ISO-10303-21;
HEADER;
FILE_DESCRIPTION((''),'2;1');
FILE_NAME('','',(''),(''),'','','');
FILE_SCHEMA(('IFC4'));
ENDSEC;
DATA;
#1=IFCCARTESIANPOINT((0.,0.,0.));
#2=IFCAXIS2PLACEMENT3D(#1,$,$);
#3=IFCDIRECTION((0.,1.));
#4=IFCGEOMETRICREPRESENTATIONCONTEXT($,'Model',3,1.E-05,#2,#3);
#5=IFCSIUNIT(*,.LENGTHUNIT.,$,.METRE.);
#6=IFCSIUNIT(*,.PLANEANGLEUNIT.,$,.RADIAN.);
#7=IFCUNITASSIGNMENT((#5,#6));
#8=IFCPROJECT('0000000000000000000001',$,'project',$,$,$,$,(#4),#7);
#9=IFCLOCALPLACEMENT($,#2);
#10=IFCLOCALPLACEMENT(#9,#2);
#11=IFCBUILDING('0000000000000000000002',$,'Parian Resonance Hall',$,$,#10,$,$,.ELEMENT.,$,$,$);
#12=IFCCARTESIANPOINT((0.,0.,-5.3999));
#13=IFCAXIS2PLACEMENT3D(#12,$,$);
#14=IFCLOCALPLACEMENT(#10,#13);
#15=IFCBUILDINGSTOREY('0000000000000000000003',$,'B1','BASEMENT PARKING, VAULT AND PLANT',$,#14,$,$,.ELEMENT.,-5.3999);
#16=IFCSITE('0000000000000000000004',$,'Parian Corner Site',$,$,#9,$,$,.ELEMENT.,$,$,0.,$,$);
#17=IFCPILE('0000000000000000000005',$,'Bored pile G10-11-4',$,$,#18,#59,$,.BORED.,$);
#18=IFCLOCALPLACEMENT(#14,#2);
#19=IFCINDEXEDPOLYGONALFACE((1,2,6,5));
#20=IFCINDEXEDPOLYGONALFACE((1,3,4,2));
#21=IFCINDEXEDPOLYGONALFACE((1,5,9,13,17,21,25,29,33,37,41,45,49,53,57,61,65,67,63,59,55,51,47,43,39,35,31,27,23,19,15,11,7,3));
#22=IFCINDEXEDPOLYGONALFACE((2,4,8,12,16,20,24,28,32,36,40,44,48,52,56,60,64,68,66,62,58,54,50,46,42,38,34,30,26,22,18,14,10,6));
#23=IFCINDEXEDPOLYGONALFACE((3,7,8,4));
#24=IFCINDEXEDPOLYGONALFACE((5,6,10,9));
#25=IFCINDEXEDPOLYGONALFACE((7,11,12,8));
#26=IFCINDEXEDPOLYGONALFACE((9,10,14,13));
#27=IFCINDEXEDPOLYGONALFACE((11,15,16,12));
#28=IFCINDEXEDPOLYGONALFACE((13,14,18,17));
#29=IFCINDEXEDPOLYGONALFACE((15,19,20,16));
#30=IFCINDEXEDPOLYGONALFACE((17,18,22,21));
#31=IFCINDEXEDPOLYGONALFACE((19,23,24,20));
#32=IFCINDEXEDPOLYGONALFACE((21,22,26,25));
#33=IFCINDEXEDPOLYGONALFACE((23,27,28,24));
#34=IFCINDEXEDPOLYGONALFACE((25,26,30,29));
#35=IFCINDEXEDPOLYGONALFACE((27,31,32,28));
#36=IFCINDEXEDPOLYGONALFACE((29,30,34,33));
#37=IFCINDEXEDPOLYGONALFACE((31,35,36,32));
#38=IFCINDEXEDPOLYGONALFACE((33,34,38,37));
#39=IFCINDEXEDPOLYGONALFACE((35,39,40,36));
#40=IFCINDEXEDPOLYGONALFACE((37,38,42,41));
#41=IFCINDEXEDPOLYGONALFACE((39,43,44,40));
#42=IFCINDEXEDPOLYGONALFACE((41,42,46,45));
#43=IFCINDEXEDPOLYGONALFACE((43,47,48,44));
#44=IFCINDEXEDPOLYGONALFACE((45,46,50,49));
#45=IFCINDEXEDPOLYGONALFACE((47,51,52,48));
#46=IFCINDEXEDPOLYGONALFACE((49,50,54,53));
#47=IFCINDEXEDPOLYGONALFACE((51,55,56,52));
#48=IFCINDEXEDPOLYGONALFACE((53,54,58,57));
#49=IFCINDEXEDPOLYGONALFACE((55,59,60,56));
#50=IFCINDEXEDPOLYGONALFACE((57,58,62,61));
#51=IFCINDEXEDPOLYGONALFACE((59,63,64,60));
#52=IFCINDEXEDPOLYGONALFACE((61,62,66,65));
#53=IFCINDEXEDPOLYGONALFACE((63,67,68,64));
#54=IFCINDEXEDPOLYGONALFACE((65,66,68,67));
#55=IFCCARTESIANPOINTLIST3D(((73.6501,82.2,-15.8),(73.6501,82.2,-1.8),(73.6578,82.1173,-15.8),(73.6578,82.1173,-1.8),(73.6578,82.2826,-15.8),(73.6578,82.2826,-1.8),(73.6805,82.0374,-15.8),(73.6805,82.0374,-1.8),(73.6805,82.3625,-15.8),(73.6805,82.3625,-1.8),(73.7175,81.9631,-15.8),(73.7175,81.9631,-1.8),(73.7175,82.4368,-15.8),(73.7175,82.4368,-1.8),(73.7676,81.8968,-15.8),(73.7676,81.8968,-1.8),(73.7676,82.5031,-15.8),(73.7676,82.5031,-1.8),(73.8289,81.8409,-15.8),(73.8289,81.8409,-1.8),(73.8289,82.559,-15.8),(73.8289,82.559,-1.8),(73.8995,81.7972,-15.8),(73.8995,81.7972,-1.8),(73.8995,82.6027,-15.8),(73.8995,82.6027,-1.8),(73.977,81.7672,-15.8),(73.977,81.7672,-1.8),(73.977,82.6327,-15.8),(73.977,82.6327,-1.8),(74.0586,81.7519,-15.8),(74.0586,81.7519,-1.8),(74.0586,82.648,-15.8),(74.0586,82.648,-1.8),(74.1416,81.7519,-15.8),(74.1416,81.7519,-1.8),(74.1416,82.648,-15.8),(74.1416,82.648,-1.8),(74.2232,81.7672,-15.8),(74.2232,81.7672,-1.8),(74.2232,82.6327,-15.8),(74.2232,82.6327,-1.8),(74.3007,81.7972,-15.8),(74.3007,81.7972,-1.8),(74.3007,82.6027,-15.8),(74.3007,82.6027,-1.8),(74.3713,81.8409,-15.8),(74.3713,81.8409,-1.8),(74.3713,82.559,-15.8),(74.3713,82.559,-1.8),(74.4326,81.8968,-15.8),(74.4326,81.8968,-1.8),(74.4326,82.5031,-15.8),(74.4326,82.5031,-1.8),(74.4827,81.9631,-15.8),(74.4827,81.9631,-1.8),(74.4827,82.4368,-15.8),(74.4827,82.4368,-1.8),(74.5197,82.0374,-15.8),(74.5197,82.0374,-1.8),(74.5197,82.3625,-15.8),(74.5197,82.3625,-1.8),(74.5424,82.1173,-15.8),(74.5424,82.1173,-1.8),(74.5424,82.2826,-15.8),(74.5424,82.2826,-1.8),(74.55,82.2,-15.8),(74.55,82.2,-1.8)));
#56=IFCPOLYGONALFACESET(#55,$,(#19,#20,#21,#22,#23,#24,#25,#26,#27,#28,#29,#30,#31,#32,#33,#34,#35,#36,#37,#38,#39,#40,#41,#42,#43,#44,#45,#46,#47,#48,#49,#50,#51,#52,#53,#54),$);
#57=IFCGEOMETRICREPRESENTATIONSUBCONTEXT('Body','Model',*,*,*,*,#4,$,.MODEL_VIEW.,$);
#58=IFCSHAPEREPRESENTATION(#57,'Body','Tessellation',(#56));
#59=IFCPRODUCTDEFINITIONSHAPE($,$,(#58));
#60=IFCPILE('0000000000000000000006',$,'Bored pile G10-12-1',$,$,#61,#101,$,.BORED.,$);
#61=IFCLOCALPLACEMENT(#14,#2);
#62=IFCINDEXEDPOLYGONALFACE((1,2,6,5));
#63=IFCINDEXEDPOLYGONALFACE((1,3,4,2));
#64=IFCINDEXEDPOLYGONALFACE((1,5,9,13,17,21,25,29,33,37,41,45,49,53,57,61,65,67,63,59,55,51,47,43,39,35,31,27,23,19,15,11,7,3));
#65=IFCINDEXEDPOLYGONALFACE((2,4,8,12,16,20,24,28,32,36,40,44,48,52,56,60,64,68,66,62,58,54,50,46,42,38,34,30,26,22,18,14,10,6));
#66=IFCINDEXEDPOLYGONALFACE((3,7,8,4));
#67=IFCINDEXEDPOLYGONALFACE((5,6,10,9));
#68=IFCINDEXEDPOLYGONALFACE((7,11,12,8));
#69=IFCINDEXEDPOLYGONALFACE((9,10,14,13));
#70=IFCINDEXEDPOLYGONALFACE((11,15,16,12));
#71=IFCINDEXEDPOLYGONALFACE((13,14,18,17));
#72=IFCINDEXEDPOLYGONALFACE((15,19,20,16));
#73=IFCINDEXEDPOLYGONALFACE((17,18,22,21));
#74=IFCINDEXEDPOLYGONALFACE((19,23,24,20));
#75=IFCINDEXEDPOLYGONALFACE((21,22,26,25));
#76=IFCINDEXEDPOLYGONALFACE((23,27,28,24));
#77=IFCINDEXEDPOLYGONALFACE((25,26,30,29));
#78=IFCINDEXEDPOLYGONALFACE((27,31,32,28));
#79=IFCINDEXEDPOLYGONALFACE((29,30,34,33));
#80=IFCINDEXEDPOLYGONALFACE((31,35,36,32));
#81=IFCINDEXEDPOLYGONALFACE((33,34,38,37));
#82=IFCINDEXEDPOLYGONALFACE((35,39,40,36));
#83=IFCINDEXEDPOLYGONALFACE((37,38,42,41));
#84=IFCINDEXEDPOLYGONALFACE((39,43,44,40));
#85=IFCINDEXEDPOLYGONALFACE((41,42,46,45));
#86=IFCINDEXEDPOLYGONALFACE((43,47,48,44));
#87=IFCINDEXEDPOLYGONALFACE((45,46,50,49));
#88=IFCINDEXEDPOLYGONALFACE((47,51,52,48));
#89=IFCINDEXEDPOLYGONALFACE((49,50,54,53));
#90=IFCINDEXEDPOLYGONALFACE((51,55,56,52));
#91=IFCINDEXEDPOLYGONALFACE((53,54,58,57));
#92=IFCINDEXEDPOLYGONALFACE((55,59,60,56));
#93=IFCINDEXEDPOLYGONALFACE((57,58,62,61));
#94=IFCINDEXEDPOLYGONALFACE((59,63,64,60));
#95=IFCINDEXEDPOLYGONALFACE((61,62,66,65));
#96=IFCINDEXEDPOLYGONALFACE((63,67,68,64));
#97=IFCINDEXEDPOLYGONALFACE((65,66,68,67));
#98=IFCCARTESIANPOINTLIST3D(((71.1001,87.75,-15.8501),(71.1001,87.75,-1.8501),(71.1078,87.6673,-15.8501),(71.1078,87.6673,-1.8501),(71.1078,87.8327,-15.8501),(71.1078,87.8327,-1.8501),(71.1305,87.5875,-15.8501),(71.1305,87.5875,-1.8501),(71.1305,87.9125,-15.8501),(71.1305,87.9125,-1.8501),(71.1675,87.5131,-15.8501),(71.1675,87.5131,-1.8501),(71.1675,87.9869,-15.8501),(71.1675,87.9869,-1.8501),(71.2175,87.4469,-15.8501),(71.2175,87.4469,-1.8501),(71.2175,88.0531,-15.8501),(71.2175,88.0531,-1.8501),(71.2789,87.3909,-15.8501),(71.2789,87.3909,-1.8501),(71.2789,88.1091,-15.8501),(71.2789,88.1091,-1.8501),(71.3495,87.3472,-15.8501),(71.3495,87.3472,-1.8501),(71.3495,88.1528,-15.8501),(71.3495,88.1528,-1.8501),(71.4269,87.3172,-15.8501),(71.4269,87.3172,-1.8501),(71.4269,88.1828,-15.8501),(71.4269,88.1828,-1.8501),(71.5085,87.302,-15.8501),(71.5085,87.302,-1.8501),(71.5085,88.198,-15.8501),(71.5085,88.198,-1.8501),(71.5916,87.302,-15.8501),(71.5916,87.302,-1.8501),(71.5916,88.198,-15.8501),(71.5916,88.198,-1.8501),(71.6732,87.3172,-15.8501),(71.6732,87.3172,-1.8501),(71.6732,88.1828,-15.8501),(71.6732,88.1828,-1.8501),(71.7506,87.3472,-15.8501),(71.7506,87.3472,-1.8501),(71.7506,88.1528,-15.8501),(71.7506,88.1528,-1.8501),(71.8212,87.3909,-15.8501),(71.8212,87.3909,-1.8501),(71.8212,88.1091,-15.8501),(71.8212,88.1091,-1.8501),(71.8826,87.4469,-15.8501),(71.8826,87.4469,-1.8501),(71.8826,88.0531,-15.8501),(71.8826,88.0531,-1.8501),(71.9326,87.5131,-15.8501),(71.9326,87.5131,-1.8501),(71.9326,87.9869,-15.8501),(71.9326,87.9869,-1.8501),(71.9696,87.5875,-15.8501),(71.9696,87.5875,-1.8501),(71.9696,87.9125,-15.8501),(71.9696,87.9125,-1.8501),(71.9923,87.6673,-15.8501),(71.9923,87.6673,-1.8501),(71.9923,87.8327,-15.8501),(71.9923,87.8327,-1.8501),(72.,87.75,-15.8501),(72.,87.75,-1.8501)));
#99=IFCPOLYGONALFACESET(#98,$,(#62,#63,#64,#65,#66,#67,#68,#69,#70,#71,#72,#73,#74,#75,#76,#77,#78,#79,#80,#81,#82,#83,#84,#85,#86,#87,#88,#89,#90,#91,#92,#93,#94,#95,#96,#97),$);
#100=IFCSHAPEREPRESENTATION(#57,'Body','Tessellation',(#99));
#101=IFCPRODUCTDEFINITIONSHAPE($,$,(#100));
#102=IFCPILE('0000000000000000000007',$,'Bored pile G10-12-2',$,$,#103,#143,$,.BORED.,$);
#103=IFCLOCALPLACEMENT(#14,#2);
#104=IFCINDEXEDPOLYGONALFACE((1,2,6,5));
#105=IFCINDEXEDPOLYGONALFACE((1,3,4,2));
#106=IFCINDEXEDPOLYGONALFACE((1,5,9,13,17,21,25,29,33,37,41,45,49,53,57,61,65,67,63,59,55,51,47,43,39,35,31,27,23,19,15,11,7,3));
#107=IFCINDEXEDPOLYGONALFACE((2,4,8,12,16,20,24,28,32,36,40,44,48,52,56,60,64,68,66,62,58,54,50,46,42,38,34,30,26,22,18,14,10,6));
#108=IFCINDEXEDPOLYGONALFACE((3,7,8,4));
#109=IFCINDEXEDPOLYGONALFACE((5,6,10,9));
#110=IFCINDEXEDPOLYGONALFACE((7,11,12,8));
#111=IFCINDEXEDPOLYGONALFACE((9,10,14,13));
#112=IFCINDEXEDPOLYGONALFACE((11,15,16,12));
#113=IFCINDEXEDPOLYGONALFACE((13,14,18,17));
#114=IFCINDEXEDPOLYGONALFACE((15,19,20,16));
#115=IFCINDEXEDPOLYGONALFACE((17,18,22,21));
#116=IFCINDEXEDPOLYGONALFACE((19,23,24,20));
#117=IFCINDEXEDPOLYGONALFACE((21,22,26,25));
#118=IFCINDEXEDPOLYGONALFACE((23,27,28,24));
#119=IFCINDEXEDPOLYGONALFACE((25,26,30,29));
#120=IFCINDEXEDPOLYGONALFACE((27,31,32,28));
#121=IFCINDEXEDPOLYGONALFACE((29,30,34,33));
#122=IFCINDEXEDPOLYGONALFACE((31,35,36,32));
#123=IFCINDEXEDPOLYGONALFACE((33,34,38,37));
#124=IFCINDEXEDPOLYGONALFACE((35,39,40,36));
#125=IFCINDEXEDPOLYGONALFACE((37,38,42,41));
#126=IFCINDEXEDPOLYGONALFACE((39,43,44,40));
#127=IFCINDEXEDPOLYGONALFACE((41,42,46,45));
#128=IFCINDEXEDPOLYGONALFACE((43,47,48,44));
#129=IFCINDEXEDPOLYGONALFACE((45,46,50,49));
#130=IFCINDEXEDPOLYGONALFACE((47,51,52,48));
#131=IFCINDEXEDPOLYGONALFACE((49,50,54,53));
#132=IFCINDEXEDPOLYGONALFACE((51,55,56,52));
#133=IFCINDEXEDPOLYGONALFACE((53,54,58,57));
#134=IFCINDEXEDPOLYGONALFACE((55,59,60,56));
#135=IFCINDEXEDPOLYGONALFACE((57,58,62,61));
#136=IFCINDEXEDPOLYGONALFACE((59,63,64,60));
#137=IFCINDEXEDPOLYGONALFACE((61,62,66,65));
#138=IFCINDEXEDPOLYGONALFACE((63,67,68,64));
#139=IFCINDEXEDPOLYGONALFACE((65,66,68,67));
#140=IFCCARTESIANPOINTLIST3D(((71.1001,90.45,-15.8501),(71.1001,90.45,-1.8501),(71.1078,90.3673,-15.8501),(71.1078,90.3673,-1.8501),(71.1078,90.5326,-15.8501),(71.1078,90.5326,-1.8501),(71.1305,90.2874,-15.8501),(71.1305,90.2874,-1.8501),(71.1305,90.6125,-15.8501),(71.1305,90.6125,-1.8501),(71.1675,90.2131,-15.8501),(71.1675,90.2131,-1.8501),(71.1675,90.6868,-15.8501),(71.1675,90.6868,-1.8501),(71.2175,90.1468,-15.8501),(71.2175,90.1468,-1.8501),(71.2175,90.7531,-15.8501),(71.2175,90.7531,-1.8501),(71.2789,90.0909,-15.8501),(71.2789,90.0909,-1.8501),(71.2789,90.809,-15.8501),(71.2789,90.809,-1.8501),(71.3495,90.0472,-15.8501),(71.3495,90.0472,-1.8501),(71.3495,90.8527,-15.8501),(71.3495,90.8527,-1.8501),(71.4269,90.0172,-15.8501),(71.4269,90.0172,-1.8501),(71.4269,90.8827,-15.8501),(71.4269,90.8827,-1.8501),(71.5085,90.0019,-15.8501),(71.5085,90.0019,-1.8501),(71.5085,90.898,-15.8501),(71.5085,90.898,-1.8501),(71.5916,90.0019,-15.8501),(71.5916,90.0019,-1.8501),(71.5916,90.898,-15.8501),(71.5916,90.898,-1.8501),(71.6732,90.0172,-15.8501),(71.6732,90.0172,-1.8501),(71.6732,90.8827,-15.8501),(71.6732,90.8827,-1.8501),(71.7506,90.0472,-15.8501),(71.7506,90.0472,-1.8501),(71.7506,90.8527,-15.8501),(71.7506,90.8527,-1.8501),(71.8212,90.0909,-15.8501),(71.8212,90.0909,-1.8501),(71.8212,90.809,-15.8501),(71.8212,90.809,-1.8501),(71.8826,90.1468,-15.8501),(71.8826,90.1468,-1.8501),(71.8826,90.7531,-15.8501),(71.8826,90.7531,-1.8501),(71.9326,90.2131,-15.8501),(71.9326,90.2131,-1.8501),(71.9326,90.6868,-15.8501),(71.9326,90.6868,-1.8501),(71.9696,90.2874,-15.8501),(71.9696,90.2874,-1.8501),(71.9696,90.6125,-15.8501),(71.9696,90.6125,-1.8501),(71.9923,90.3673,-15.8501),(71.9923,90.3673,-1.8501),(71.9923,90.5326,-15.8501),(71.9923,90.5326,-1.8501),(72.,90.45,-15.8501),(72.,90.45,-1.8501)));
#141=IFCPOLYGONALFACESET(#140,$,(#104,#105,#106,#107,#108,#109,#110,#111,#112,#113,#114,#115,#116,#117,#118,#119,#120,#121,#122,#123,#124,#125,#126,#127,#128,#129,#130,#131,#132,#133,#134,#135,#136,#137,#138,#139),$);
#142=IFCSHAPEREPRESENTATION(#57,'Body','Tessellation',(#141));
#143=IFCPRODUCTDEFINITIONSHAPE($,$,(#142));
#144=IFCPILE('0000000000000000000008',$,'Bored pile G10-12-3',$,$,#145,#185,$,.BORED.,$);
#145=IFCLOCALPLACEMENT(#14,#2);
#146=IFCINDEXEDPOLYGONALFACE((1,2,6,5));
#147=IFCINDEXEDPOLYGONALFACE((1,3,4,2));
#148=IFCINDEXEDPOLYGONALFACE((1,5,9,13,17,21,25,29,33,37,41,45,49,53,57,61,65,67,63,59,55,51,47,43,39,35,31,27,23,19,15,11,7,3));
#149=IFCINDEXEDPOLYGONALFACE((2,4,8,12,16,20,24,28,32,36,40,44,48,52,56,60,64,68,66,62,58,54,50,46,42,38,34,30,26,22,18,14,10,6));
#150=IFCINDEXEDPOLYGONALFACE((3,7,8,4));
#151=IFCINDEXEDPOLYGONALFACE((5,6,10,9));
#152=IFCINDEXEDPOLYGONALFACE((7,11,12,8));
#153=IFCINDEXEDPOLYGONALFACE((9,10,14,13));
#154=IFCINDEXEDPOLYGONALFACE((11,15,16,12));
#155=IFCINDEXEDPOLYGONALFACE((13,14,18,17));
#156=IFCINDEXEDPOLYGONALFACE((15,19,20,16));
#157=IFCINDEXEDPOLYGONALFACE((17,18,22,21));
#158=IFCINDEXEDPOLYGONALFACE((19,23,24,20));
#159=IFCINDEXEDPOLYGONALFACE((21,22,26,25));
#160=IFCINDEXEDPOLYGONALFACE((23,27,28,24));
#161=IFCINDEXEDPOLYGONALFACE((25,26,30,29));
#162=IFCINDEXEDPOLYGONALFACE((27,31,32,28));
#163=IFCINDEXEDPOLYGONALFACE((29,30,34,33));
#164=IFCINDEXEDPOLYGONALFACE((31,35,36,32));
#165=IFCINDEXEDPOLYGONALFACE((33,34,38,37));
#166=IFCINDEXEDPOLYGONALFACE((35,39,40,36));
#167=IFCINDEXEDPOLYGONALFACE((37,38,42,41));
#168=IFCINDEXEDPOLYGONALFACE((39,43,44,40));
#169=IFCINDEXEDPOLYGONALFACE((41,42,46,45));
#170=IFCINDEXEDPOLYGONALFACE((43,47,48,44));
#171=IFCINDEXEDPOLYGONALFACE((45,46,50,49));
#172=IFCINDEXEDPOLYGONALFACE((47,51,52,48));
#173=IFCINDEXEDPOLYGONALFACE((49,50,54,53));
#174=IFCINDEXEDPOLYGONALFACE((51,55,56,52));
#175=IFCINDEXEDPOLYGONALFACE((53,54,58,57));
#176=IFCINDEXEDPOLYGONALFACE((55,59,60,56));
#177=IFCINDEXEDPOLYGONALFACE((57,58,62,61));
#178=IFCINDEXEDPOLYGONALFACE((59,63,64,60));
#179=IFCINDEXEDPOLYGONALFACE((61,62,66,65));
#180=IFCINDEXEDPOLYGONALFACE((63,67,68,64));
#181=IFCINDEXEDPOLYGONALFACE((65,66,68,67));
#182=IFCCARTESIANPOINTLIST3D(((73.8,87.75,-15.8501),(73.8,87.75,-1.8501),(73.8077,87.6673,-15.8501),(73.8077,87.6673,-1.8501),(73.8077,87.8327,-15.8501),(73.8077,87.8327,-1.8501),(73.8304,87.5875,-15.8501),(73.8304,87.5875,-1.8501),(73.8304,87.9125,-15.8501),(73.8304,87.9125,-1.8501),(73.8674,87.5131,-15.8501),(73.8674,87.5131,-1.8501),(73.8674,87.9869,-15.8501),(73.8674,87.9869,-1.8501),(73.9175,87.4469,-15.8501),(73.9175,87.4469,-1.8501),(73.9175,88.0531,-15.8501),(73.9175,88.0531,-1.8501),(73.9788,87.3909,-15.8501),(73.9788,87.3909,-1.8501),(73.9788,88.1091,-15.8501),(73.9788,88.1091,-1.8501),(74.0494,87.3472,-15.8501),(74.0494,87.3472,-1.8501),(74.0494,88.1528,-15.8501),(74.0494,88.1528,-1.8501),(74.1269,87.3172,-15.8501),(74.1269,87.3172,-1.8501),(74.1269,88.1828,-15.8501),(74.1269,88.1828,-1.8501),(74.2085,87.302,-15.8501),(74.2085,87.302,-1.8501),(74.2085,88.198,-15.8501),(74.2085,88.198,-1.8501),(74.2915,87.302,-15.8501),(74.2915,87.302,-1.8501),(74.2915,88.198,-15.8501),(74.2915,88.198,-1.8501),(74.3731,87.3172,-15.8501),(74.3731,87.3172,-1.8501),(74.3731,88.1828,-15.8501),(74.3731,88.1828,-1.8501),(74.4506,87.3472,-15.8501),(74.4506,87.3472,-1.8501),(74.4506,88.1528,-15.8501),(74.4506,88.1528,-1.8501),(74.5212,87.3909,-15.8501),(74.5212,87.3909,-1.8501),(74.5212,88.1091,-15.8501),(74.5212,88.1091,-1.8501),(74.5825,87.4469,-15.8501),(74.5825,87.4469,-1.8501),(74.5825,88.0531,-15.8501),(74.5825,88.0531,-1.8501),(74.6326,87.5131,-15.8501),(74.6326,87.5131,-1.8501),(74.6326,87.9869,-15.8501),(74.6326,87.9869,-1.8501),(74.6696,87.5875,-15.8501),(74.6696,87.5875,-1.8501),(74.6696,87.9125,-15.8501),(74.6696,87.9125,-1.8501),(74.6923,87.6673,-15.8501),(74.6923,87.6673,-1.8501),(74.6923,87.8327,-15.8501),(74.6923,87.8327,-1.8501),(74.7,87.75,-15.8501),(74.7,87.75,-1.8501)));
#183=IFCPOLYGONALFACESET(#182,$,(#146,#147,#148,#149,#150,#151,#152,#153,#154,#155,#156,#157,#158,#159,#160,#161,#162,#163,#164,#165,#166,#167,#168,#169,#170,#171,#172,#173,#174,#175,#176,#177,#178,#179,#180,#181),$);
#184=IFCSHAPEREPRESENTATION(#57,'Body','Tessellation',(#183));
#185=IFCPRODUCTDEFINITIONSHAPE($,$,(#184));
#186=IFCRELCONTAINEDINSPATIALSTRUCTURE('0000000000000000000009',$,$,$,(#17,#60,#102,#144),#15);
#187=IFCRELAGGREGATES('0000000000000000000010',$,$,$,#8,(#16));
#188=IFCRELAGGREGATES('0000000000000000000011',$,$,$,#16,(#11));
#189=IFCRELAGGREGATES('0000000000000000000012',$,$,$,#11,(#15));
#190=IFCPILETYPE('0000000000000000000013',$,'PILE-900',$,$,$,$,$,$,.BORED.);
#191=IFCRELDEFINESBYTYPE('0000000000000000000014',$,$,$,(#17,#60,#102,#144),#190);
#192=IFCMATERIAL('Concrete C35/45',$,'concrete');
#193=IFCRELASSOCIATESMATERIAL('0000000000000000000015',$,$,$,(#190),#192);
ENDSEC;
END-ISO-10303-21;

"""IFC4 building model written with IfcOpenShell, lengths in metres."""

from ifc_helpers import new_model, si_unit, direction, frame, origin, origin_2d, place, context, subcontext, project, spatial, circle, extrude, material, material_profile, profile_set, type_object, element, save


model = new_model("IFC4")

# Units and contexts
model_context = context("Model", 3, precision=1e-05, world=origin(), true_north=direction((0.0, 1.0)))
body_context = subcontext(model_context, "Body", "Model", "MODEL_VIEW")
ifc_project = project(units=[si_unit("LENGTHUNIT", "METRE"), si_unit("PLANEANGLEUNIT", "RADIAN")], contexts=[model_context])

# Site, building, storey
site_placement = place(None, origin())
site = spatial("IfcSite", under=ifc_project, at=site_placement, Name="Parian Corner Site", CompositionType="ELEMENT", RefElevation=0.0)
building_placement = place(site_placement, origin())
building = spatial("IfcBuilding", under=site, at=building_placement, Name="Parian Resonance Hall", CompositionType="ELEMENT")
storey_placement = place(building_placement, frame((0.0, 0.0, -5.3999)))
storey = spatial("IfcBuildingStorey", under=building, at=storey_placement, Name="B1", Description="BASEMENT PARKING, VAULT AND PLANT", CompositionType="ELEMENT", Elevation=-5.3999)

# Piles
ifc_material_1 = material(Name="Concrete C35/45", Category="concrete")
ifc_material_profile_1 = material_profile(ifc_material_1, circle(Radius=0.45, at=origin_2d()), Name="PILE-D900")
ifc_profile_set_1 = profile_set([ifc_material_profile_1], Name="Concrete C35/45")
pile_type_1 = type_object("IfcPileType", Name="PILE-900", PredefinedType="BORED", material=ifc_profile_set_1)
for number, where, z_axis, x_axis, name in (
    (1, (74.1001, 82.2, -1.8), (0.0, 0.0, -1.0), (1.0, 0.0, 0.0), "Bored pile G10-11-4"),
    (2, (71.55, 87.75, -1.8501), (0.0, 0.0, -1.0), (1.0, 0.0, 0.0), "Bored pile G10-12-1"),
    (3, (71.55, 90.45, -1.8501), (0.0, 0.0, -1.0), (1.0, 0.0, 0.0), "Bored pile G10-12-2"),
    (4, (74.25, 87.75, -1.8501), (0.0, 0.0, -1.0), (1.0, 0.0, 0.0), "Bored pile G10-12-3"),
):
    element("IfcPile", number, at=place(storey_placement, frame(where, z_axis=z_axis, x_axis=x_axis)), inside=storey, type_object=pile_type_1, Name=name, PredefinedType="BORED", context=body_context, shape_type="SweptSolid", body=[
        extrude(circle(Radius=0.45, at=origin_2d()), origin(), (0.0, 0.0, 1.0), 14.0),
    ])

save(model, "model.ifc")
